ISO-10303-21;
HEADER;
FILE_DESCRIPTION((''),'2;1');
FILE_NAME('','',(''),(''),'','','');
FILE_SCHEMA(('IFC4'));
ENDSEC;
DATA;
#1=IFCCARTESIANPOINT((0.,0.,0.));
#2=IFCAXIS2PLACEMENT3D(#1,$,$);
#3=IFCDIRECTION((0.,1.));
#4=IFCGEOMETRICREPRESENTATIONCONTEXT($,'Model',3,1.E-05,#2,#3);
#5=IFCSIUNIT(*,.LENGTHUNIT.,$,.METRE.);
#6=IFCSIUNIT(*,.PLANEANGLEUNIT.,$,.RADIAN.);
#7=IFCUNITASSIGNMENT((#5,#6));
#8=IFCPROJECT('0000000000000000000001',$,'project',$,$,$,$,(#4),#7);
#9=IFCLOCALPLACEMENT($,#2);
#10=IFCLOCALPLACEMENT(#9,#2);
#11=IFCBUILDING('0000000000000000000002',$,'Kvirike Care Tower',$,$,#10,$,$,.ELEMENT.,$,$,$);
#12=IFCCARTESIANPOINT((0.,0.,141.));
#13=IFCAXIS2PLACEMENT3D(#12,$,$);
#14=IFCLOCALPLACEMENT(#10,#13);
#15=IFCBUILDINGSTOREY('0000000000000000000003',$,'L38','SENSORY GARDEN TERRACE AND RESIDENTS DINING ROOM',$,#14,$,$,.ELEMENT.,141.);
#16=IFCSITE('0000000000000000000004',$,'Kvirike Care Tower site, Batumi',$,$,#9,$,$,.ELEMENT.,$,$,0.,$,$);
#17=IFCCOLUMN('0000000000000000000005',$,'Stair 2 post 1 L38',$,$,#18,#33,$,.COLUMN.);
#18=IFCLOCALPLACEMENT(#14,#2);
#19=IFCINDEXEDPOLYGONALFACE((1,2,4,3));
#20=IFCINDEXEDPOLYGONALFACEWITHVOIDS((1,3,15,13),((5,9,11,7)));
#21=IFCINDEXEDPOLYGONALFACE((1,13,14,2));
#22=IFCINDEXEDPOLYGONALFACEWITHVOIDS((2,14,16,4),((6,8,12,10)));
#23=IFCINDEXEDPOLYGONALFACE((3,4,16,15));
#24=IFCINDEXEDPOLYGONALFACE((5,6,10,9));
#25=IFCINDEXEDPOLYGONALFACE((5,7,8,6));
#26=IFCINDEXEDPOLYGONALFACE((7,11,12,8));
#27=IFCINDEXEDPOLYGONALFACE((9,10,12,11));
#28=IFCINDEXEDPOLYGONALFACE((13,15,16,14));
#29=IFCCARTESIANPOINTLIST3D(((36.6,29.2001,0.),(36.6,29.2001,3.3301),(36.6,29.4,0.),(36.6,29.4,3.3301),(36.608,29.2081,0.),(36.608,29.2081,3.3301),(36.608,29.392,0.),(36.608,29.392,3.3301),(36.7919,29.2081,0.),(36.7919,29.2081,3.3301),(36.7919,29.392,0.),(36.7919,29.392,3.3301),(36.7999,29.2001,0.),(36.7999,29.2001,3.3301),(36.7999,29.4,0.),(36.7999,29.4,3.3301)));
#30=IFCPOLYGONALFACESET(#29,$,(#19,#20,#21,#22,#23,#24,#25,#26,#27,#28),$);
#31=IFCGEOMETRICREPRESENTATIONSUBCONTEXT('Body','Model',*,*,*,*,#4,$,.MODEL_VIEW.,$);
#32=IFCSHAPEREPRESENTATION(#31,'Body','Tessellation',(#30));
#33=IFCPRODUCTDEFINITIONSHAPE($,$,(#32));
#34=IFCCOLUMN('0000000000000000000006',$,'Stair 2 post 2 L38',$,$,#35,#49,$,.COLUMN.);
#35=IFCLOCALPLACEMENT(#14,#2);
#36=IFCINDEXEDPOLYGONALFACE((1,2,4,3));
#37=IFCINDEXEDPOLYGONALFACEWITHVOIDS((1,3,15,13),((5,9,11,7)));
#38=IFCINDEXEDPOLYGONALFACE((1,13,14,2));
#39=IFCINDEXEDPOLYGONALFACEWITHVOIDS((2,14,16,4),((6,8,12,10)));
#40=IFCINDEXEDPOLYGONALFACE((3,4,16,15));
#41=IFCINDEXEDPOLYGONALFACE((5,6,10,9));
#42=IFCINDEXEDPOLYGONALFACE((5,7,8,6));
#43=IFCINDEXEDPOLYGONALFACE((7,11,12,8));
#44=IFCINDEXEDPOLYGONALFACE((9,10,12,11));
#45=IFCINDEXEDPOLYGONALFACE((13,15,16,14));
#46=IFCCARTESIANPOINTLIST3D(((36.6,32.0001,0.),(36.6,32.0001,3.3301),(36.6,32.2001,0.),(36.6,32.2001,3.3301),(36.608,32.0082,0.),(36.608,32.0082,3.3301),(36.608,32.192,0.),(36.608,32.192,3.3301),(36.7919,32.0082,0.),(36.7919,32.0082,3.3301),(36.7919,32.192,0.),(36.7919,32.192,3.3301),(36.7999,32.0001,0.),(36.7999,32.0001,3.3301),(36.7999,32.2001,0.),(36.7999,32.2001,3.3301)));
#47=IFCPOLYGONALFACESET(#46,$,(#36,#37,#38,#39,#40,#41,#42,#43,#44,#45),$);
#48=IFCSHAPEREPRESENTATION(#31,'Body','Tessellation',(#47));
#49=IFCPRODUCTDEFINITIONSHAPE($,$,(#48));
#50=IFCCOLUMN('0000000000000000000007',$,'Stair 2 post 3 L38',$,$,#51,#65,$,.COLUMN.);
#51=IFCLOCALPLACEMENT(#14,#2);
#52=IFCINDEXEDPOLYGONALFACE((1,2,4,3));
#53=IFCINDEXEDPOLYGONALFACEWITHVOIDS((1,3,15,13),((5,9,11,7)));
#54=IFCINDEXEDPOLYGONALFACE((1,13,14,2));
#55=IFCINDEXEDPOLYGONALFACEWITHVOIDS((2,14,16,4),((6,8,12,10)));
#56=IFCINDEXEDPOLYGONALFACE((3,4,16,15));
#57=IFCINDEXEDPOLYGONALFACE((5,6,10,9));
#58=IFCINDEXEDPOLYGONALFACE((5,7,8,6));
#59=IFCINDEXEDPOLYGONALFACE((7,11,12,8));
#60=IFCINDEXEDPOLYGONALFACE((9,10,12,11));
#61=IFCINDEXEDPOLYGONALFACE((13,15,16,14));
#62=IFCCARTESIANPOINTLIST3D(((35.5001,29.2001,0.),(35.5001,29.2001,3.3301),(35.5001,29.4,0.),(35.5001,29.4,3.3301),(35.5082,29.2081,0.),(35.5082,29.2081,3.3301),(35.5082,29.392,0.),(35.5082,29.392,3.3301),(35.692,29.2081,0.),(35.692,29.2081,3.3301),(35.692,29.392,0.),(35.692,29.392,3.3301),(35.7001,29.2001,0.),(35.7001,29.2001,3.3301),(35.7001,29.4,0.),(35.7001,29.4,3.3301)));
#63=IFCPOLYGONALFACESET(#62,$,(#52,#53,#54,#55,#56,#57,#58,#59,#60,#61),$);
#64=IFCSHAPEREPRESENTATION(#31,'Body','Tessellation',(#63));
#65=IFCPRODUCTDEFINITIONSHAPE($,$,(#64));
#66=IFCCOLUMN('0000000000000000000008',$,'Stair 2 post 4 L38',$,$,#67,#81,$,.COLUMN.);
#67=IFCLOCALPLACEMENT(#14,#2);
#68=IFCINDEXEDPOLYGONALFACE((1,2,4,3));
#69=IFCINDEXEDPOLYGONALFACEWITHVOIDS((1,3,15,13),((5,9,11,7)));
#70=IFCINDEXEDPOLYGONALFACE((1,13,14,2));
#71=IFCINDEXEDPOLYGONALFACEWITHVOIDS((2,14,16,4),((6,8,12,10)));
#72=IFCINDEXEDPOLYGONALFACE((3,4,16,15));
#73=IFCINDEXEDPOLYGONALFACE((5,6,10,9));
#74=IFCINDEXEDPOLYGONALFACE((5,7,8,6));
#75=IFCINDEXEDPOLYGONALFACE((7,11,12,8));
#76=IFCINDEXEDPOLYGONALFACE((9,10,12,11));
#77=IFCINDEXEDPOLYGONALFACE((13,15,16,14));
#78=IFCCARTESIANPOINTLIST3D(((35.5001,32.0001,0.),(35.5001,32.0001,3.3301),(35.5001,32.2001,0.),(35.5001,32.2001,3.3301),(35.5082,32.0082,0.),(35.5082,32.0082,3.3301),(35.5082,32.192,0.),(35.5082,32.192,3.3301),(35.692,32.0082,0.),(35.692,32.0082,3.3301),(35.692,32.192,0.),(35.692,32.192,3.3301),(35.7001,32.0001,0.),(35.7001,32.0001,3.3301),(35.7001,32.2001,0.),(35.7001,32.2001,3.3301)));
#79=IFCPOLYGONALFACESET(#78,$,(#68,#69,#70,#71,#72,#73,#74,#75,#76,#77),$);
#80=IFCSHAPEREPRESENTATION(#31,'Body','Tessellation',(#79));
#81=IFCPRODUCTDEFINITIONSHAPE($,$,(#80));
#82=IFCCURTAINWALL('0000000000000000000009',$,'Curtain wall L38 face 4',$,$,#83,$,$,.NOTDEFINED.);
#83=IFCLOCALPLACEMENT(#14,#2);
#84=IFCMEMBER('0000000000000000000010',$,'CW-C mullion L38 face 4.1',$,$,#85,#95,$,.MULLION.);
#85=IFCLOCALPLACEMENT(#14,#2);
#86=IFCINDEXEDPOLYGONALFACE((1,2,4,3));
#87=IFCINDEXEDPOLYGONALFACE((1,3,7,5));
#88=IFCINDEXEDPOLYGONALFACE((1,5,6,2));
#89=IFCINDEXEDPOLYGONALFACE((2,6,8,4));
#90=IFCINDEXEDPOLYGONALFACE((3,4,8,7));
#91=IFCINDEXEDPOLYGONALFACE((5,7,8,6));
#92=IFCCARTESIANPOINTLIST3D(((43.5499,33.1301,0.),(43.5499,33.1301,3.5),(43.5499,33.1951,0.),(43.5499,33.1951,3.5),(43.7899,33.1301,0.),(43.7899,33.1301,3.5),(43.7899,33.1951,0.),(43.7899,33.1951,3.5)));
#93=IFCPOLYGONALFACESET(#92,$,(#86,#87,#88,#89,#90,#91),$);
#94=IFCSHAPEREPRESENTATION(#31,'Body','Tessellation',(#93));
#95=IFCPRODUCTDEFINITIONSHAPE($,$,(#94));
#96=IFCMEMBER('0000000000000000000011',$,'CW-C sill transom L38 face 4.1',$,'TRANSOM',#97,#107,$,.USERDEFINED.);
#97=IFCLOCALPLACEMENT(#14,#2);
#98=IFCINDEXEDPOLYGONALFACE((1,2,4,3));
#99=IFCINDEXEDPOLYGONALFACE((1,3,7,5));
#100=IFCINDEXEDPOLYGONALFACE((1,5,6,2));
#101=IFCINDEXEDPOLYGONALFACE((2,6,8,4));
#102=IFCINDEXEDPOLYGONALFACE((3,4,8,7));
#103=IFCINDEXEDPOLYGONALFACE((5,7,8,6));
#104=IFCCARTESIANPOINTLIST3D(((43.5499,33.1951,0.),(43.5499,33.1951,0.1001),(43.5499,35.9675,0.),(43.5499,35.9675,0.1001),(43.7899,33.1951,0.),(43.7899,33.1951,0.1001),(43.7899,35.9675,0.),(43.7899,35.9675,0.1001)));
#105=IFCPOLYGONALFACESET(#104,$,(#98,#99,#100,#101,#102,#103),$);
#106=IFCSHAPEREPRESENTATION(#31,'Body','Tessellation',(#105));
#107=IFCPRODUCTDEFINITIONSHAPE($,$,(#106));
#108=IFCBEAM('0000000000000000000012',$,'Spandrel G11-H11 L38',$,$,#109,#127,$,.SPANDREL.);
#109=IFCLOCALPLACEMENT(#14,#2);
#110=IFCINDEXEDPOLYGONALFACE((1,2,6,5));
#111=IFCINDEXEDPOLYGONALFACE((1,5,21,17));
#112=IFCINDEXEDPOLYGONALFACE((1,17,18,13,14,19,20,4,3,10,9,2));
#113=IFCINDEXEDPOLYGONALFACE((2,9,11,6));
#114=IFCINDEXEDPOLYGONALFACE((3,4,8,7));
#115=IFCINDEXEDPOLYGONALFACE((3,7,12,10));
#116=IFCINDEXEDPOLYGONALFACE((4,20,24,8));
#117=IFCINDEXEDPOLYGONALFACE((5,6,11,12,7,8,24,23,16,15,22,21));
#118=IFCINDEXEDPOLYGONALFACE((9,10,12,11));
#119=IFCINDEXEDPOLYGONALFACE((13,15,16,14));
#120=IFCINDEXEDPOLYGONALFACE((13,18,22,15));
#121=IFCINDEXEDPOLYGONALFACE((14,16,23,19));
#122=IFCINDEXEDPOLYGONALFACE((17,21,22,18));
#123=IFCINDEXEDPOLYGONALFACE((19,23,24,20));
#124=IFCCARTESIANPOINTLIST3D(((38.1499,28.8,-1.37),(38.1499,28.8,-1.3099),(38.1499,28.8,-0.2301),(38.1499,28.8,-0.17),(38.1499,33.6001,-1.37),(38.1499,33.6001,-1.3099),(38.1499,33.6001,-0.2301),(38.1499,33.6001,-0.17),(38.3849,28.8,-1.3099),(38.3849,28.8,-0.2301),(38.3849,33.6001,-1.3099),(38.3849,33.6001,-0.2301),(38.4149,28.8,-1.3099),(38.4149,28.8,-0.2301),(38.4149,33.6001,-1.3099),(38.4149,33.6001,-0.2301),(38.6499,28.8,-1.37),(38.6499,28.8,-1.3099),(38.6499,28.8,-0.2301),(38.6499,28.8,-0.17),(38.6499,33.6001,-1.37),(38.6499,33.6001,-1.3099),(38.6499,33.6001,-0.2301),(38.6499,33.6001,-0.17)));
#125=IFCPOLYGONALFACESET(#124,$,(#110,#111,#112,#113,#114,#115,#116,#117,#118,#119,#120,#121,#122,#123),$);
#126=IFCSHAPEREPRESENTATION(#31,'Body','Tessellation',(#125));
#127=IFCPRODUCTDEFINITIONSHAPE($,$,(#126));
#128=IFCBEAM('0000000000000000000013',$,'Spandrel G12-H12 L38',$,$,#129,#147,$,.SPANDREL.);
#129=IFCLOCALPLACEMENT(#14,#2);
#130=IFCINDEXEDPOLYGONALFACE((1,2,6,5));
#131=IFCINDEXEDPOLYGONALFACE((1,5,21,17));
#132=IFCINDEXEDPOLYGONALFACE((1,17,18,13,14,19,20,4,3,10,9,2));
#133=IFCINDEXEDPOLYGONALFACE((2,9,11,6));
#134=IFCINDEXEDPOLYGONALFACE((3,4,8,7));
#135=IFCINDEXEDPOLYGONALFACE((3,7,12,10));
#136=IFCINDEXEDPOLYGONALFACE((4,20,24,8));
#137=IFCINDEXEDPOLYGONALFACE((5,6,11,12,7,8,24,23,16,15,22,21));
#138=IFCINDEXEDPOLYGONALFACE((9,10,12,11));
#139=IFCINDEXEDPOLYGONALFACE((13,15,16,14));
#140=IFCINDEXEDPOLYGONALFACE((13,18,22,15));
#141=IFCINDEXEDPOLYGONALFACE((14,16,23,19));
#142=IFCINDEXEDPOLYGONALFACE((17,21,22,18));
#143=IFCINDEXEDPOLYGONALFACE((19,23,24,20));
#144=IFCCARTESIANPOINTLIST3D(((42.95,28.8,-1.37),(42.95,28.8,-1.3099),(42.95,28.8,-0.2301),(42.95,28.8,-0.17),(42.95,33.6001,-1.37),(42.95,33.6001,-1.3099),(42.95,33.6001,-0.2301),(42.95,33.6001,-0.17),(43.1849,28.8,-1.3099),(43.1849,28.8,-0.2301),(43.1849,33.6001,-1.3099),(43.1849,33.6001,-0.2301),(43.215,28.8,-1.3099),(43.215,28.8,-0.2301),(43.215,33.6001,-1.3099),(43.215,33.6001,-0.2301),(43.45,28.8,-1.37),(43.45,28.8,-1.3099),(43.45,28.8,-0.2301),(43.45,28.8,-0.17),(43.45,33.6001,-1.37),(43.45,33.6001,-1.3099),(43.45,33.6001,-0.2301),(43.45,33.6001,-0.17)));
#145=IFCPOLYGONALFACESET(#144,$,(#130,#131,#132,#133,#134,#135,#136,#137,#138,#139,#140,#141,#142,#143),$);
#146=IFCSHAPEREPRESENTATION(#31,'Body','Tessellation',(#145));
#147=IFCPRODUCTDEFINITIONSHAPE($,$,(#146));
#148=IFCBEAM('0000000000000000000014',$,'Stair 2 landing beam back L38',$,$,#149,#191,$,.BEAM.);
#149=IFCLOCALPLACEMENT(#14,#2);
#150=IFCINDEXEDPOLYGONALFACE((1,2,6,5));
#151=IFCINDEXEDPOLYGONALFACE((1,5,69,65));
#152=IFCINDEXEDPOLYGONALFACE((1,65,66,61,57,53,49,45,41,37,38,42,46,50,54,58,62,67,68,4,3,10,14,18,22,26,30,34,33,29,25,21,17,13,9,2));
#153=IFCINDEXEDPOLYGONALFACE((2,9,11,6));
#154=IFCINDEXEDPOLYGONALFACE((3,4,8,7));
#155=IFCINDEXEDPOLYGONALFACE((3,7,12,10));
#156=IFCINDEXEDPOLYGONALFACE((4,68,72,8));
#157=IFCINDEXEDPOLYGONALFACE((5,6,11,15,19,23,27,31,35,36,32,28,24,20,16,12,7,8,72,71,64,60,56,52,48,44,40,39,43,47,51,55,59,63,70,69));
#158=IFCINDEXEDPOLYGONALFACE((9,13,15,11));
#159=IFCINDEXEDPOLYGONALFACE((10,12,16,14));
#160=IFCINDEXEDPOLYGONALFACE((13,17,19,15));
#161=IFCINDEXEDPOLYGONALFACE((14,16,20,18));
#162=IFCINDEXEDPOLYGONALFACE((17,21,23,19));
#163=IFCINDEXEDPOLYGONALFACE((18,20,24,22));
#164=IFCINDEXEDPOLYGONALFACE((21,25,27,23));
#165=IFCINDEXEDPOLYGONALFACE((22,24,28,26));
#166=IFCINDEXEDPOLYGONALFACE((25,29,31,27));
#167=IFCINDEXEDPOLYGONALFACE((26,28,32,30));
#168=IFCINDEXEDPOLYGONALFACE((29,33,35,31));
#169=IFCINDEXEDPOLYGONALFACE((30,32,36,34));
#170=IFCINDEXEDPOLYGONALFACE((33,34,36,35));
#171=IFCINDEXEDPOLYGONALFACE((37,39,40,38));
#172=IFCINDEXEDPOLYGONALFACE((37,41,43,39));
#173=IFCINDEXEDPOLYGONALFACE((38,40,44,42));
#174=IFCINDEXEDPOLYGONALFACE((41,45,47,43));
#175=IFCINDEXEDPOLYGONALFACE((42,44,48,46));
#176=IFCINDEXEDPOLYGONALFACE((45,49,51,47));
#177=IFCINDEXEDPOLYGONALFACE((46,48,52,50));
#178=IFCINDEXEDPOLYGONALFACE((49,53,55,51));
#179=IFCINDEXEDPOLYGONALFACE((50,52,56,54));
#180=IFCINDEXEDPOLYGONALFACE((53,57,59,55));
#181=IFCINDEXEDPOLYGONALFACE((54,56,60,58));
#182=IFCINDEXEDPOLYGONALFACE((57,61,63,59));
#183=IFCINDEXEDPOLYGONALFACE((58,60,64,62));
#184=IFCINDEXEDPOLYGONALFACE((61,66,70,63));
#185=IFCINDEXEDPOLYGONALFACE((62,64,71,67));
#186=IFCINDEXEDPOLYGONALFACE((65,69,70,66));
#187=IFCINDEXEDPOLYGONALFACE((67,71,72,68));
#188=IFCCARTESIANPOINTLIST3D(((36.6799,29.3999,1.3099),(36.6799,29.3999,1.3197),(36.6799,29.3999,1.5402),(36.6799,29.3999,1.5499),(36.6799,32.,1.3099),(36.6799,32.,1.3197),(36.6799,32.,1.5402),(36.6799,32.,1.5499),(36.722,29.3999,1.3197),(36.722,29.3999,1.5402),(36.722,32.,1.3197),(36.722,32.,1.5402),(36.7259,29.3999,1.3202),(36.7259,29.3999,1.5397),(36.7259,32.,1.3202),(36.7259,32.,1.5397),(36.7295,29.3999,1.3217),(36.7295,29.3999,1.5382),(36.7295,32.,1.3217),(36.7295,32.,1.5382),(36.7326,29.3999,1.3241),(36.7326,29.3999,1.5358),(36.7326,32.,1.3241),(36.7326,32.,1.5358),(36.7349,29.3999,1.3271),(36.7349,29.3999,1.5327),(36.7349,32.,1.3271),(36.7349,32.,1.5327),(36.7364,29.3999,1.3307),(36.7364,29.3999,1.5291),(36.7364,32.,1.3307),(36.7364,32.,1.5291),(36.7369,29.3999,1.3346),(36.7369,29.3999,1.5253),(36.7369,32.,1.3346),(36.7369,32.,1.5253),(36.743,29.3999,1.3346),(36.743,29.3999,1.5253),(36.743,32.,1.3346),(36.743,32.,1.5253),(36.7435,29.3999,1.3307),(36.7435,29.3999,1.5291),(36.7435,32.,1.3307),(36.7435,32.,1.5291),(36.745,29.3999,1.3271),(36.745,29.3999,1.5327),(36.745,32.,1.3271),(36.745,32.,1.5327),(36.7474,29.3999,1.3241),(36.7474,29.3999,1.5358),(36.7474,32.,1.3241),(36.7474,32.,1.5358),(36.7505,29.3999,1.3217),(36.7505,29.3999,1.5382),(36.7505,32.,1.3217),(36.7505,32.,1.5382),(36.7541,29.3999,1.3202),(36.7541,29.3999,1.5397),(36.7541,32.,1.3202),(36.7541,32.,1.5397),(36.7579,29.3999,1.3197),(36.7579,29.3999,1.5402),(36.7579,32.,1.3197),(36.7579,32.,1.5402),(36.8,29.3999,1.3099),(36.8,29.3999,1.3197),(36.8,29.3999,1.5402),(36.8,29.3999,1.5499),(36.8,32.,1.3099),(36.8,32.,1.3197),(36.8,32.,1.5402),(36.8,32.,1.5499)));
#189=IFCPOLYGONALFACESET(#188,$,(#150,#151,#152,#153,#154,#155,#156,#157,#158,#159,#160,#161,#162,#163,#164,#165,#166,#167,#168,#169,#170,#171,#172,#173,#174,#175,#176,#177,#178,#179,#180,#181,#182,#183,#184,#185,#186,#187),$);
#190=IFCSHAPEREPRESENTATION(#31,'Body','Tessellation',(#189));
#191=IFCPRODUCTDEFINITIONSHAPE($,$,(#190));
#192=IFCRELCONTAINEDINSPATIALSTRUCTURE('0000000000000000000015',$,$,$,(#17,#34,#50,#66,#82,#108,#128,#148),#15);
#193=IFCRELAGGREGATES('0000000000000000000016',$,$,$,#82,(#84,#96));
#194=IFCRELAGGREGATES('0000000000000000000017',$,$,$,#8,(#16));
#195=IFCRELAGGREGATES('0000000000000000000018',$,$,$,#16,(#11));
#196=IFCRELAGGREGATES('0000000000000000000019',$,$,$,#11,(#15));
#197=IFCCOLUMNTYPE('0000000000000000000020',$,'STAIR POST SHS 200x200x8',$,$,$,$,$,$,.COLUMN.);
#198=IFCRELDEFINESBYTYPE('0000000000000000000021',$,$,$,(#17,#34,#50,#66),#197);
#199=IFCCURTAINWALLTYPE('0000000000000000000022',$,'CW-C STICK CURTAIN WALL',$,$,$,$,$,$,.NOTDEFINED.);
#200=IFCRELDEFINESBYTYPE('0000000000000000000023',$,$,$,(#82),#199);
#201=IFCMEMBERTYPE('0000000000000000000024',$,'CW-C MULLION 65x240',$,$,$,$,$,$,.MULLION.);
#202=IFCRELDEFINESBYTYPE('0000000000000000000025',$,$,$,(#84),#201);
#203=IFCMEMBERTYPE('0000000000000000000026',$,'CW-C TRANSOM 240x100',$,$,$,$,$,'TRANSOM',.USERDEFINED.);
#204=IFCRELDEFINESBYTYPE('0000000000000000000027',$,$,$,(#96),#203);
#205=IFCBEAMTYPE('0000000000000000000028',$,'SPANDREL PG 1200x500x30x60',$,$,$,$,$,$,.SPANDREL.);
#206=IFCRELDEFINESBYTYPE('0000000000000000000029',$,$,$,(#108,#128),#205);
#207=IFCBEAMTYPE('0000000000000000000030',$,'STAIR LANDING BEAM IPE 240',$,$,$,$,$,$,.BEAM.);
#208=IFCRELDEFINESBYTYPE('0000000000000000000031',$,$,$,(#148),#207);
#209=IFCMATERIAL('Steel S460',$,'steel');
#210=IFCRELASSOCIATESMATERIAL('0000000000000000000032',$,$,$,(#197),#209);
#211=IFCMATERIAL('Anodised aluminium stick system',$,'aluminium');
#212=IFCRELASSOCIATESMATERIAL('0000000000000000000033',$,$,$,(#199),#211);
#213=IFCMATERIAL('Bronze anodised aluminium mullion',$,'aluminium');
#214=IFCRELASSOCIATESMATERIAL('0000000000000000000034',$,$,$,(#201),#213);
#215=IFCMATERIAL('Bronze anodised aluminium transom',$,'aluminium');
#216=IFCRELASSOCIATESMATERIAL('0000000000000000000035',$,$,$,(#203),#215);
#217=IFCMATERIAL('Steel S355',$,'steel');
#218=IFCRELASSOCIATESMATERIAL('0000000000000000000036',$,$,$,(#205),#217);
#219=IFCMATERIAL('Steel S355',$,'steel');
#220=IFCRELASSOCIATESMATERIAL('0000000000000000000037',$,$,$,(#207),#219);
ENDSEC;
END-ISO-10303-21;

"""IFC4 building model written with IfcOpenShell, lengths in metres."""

from ifc_helpers import new_model, si_unit, direction, frame, origin, origin_2d, place, context, subcontext, project, spatial, rectangle, hollow_rectangle, i_section, extrude, material, material_profile, profile_set, type_object, element, aggregate, save


model = new_model("IFC4")

# Units and contexts
model_context = context("Model", 3, precision=1e-05, world=origin(), true_north=direction((0.0, 1.0)))
body_context = subcontext(model_context, "Body", "Model", "MODEL_VIEW")
ifc_project = project(units=[si_unit("LENGTHUNIT", "METRE"), si_unit("PLANEANGLEUNIT", "RADIAN")], contexts=[model_context])

# Site, building, storey
site_placement = place(None, origin())
site = spatial("IfcSite", under=ifc_project, at=site_placement, Name="Kvirike Care Tower site, Batumi", CompositionType="ELEMENT", RefElevation=0.0)
building_placement = place(site_placement, origin())
building = spatial("IfcBuilding", under=site, at=building_placement, Name="Kvirike Care Tower", CompositionType="ELEMENT")
storey_placement = place(building_placement, frame((0.0, 0.0, 141.0)))
storey = spatial("IfcBuildingStorey", under=building, at=storey_placement, Name="L38", Description="SENSORY GARDEN TERRACE AND RESIDENTS DINING ROOM", CompositionType="ELEMENT", Elevation=141.0)

# Columns
ifc_material_1 = material(Name="Steel S460", Category="steel")
ifc_material_profile_1 = material_profile(ifc_material_1, hollow_rectangle(XDim=0.2, YDim=0.2, WallThickness=0.0081, at=origin_2d()), Name="SHS 200x200x8")
ifc_profile_set_1 = profile_set([ifc_material_profile_1], Name="Steel S460")
column_type = type_object("IfcColumnType", Name="STAIR POST SHS 200x200x8", PredefinedType="COLUMN", material=ifc_profile_set_1)
for number, where, z_axis, x_axis, name in (
    (1, (36.7, 29.3, 0.0), (0.0, 0.0, 1.0), (1.0, 0.0, 0.0), "Stair 2 post 1 L38"),
    (2, (36.7, 32.1001, 0.0), (0.0, 0.0, 1.0), (1.0, 0.0, 0.0), "Stair 2 post 2 L38"),
    (3, (35.6001, 29.3, 0.0), (0.0, 0.0, 1.0), (1.0, 0.0, 0.0), "Stair 2 post 3 L38"),
    (4, (35.6001, 32.1001, 0.0), (0.0, 0.0, 1.0), (1.0, 0.0, 0.0), "Stair 2 post 4 L38"),
):
    element("IfcColumn", number, at=place(storey_placement, frame(where, z_axis=z_axis, x_axis=x_axis)), inside=storey, type_object=column_type, Name=name, PredefinedType="COLUMN", context=body_context, shape_type="SweptSolid", body=[
        extrude(hollow_rectangle(XDim=0.2, YDim=0.2, WallThickness=0.0081, at=origin_2d()), origin(), (0.0, 0.0, 1.0), 3.3301),
    ])

# Curtain wall, members
ifc_material_2 = material(Name="Anodised aluminium stick system", Category="aluminium")
curtain_wall_type = type_object("IfcCurtainWallType", Name="CW-C STICK CURTAIN WALL", PredefinedType="NOTDEFINED", material=ifc_material_2)
curtain_wall_placement = place(storey_placement, origin())
curtain_wall = element("IfcCurtainWall", 5, at=curtain_wall_placement, inside=storey, type_object=curtain_wall_type, Name="Curtain wall L38 face 4", PredefinedType="NOTDEFINED")
ifc_material_3 = material(Name="Bronze anodised aluminium mullion", Category="aluminium")
ifc_material_profile_2 = material_profile(ifc_material_3, rectangle(XDim=0.0649, YDim=0.24, at=origin_2d()), Name="CW-C MULLION 65x240")
ifc_profile_set_2 = profile_set([ifc_material_profile_2], Name="Bronze anodised aluminium mullion")
member_type_1 = type_object("IfcMemberType", Name="CW-C MULLION 65x240", PredefinedType="MULLION", material=ifc_profile_set_2)
member_1_placement = place(storey_placement, frame((43.6699, 33.1626, 0.0), z_axis=(0.0, 0.0, 1.0), x_axis=(0.0, 1.0, 0.0)))
member_1 = element("IfcMember", 6, at=member_1_placement, type_object=member_type_1, Name="CW-C mullion L38 face 4.1", PredefinedType="MULLION", context=body_context, shape_type="SweptSolid", body=[
    extrude(rectangle(XDim=0.0649, YDim=0.24, at=origin_2d()), origin(), (0.0, 0.0, 1.0), 3.5),
])
ifc_material_4 = material(Name="Bronze anodised aluminium transom", Category="aluminium")
ifc_material_profile_3 = material_profile(ifc_material_4, rectangle(XDim=0.24, YDim=0.1001, at=origin_2d()), Name="CW-C TRANSOM 240x100")
ifc_profile_set_3 = profile_set([ifc_material_profile_3], Name="Bronze anodised aluminium transom")
member_type_2 = type_object("IfcMemberType", Name="CW-C TRANSOM 240x100", ElementType="TRANSOM", PredefinedType="USERDEFINED", material=ifc_profile_set_3)
member_2_placement = place(storey_placement, frame((43.6699, 33.1951, 0.05), z_axis=(0.0, 1.0, 0.0), x_axis=(-1.0, 0.0, 0.0)))
member_2 = element("IfcMember", 7, at=member_2_placement, type_object=member_type_2, Name="CW-C sill transom L38 face 4.1", ObjectType="TRANSOM", PredefinedType="USERDEFINED", context=body_context, shape_type="SweptSolid", body=[
    extrude(rectangle(XDim=0.24, YDim=0.1001, at=origin_2d()), origin(), (0.0, 0.0, 1.0), 2.7725),
])
aggregate(curtain_wall, [member_1, member_2])

# Beams
ifc_material_5 = material(Name="Steel S355", Category="steel")
ifc_material_profile_4 = material_profile(ifc_material_5, i_section(OverallWidth=0.5, OverallDepth=1.2, WebThickness=0.03, FlangeThickness=0.0601, at=origin_2d()), Name="PG 1200x500x30x60")
ifc_profile_set_4 = profile_set([ifc_material_profile_4], Name="Steel S355")
beam_type_1 = type_object("IfcBeamType", Name="SPANDREL PG 1200x500x30x60", PredefinedType="SPANDREL", material=ifc_profile_set_4)
for number, where, z_axis, x_axis, name in (
    (8, (38.3999, 28.8, -0.77), (0.0, 1.0, 0.0), (-1.0, 0.0, 0.0), "Spandrel G11-H11 L38"),
    (9, (43.2, 28.8, -0.77), (0.0, 1.0, 0.0), (-1.0, 0.0, 0.0), "Spandrel G12-H12 L38"),
):
    element("IfcBeam", number, at=place(storey_placement, frame(where, z_axis=z_axis, x_axis=x_axis)), inside=storey, type_object=beam_type_1, Name=name, PredefinedType="SPANDREL", context=body_context, shape_type="SweptSolid", body=[
        extrude(i_section(OverallWidth=0.5, OverallDepth=1.2, WebThickness=0.03, FlangeThickness=0.0601, at=origin_2d()), origin(), (0.0, 0.0, 1.0), 4.8),
    ])
ifc_material_6 = material(Name="Steel S355", Category="steel")
ifc_material_profile_5 = material_profile(ifc_material_6, i_section(OverallWidth=0.1201, OverallDepth=0.24, WebThickness=0.0061, FlangeThickness=0.0098, FilletRadius=0.0149, at=origin_2d()), Name="IPE 240")
ifc_profile_set_5 = profile_set([ifc_material_profile_5], Name="Steel S355")
beam_type_2 = type_object("IfcBeamType", Name="STAIR LANDING BEAM IPE 240", PredefinedType="BEAM", material=ifc_profile_set_5)
for number, where, z_axis, x_axis, name in (
    (10, (36.74, 29.3999, 1.4299), (0.0, 1.0, 0.0), (-1.0, 0.0, 0.0), "Stair 2 landing beam back L38"),
):
    element("IfcBeam", number, at=place(storey_placement, frame(where, z_axis=z_axis, x_axis=x_axis)), inside=storey, type_object=beam_type_2, Name=name, PredefinedType="BEAM", context=body_context, shape_type="SweptSolid", body=[
        extrude(i_section(OverallWidth=0.1201, OverallDepth=0.24, WebThickness=0.0061, FlangeThickness=0.0098, FilletRadius=0.0149, at=origin_2d()), origin(), (0.0, 0.0, 1.0), 2.6001),
    ])

save(model, "model.ifc")
